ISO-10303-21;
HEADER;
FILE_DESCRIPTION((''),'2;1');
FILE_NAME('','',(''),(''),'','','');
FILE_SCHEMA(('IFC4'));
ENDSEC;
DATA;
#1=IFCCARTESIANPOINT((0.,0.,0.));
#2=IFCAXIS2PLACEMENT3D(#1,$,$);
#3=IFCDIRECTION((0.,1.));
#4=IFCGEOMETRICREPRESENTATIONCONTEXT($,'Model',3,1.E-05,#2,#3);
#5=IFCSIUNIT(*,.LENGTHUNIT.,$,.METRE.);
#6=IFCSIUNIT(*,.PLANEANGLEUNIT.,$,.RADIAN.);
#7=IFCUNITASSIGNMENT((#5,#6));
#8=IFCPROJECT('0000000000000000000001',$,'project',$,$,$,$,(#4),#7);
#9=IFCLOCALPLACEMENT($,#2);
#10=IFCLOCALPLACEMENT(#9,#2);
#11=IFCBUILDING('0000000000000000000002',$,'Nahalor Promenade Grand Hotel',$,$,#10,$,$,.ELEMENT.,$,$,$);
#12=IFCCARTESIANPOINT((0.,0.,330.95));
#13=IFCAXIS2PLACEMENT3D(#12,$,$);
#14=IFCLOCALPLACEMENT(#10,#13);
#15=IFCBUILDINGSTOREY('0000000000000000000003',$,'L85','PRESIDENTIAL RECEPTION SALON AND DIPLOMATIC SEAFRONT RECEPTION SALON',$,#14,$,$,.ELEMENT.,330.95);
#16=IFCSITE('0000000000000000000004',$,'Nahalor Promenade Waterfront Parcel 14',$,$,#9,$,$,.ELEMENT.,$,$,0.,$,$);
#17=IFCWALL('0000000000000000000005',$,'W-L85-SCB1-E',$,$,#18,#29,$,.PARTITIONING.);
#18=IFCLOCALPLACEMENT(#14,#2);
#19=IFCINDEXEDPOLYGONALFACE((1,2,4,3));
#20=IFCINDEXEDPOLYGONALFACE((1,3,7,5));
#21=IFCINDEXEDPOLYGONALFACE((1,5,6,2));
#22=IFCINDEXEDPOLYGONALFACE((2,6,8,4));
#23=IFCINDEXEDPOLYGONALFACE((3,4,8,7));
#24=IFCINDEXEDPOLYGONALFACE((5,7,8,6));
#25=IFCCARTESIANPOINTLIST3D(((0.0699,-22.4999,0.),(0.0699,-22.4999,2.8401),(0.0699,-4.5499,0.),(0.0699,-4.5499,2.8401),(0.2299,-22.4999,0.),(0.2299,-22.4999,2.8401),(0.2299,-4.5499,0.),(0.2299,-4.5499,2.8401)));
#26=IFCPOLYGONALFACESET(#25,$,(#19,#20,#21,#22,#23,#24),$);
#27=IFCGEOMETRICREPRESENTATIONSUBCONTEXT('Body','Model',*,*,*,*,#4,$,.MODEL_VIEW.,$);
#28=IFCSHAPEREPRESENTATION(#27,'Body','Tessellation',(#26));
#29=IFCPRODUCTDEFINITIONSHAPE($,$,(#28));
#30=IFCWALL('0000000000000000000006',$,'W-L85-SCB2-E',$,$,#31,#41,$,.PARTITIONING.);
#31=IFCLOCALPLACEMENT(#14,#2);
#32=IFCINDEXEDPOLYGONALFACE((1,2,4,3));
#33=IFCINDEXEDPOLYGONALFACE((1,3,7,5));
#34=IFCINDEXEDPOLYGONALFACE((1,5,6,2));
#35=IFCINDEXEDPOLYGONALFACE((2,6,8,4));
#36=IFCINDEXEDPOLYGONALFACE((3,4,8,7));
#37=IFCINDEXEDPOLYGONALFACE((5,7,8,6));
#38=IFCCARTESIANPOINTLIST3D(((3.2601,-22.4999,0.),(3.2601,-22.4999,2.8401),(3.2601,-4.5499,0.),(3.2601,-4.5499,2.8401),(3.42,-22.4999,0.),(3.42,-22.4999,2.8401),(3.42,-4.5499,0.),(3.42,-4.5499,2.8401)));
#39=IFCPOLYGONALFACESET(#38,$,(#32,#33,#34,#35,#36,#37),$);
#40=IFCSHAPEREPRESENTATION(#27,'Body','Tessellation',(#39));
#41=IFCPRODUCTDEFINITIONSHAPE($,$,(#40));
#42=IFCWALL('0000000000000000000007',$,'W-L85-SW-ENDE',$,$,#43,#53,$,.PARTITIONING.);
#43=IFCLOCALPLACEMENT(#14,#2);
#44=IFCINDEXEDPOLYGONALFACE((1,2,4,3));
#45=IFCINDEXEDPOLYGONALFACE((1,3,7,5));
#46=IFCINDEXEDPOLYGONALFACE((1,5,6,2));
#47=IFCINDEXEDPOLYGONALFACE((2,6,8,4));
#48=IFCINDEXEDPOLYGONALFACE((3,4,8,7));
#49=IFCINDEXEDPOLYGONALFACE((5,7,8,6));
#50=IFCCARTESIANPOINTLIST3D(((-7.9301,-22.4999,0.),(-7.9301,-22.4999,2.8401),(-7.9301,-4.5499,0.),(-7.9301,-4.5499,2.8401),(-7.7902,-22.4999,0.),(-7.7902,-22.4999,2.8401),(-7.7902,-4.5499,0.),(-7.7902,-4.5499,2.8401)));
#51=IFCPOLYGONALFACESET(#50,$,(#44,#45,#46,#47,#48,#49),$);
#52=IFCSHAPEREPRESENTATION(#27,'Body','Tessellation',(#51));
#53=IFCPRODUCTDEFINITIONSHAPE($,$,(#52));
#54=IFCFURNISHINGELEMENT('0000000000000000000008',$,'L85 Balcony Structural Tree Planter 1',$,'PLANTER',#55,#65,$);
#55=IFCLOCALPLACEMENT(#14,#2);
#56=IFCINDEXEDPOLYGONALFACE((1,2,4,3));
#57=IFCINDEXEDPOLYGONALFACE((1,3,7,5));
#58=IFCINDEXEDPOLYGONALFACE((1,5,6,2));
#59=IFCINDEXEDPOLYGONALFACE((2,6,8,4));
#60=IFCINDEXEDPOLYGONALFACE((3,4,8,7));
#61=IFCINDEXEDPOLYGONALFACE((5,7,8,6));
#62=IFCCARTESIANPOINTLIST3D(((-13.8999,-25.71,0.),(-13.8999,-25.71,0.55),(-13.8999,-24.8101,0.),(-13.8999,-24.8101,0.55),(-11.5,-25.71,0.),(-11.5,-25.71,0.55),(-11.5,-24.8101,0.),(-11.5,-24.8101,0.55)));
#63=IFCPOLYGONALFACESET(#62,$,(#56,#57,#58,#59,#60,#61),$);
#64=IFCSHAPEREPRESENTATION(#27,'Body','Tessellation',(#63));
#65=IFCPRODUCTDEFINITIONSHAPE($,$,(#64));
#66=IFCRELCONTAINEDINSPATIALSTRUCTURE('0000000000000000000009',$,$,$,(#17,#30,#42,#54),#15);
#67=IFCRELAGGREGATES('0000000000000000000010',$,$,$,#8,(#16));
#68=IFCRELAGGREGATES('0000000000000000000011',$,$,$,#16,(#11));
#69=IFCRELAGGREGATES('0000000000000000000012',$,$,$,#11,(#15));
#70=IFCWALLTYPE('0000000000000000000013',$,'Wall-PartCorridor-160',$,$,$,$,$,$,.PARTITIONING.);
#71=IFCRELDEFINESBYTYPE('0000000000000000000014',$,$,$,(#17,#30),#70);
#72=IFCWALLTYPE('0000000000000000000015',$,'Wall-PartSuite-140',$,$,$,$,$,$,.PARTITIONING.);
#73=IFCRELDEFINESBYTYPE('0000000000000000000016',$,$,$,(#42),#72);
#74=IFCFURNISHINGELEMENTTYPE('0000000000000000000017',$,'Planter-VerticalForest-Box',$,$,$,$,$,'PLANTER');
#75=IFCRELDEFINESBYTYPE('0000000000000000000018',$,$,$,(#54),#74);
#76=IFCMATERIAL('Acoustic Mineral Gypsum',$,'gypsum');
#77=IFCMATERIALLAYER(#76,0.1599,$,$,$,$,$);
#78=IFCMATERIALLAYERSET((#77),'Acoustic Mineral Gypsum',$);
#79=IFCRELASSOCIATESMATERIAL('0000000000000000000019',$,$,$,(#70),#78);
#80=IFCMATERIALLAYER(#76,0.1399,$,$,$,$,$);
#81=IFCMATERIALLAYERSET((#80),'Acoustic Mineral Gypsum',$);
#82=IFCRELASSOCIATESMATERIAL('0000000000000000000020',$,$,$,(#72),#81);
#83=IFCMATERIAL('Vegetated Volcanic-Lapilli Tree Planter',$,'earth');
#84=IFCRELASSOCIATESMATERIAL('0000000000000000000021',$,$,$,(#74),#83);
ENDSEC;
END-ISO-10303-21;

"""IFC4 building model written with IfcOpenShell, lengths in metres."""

from ifc_helpers import new_model, si_unit, direction, frame, frame_2d, origin, origin_2d, place, context, subcontext, project, spatial, rectangle, extrude, source, transform, mapped, material, layer, layer_set, type_object, element, save


model = new_model("IFC4")

# Units and contexts
model_context = context("Model", 3, precision=1e-05, world=origin(), true_north=direction((0.0, 1.0)))
body_context = subcontext(model_context, "Body", "Model", "MODEL_VIEW")
ifc_project = project(units=[si_unit("LENGTHUNIT", "METRE"), si_unit("PLANEANGLEUNIT", "RADIAN")], contexts=[model_context])

# Site, building, storey
site_placement = place(None, origin())
site = spatial("IfcSite", under=ifc_project, at=site_placement, Name="Nahalor Promenade Waterfront Parcel 14", CompositionType="ELEMENT", RefElevation=0.0)
building_placement = place(site_placement, origin())
building = spatial("IfcBuilding", under=site, at=building_placement, Name="Nahalor Promenade Grand Hotel", CompositionType="ELEMENT")
storey_placement = place(building_placement, frame((0.0, 0.0, 330.95)))
storey = spatial("IfcBuildingStorey", under=building, at=storey_placement, Name="L85", Description="PRESIDENTIAL RECEPTION SALON AND DIPLOMATIC SEAFRONT RECEPTION SALON", CompositionType="ELEMENT", Elevation=330.95)

# Walls
ifc_material_1 = material(Name="Acoustic Mineral Gypsum", Category="gypsum")
ifc_layer_1 = layer(ifc_material_1, 0.1599)
ifc_layer_set_1 = layer_set([ifc_layer_1], Name="Acoustic Mineral Gypsum")
wall_type_1 = type_object("IfcWallType", Name="Wall-PartCorridor-160", PredefinedType="PARTITIONING", material=ifc_layer_set_1)
shared_shape_1 = source(origin(), body_context, "Body", "SweptSolid", [
    extrude(rectangle(XDim=17.95, YDim=0.1599, at=frame_2d((8.9751, 0.0))), origin(), (0.0, 0.0, 1.0), 2.8401),
])
for number, where, z_axis, x_axis, name in (
    (1, (0.1499, -22.5, 0.0), (0.0, 0.0, 1.0), (0.0, 1.0, 0.0), "W-L85-SCB1-E"),
    (2, (3.3401, -22.5, 0.0), (0.0, 0.0, 1.0), (0.0, 1.0, 0.0), "W-L85-SCB2-E"),
):
    element("IfcWall", number, at=place(storey_placement, frame(where, z_axis=z_axis, x_axis=x_axis)), inside=storey, type_object=wall_type_1, Name=name, PredefinedType="PARTITIONING", context=body_context, shape_type="MappedRepresentation", body=[
        mapped(shared_shape_1, transform((0.0, 0.0, 0.0), scale=1.0)),
    ])
ifc_layer_2 = layer(ifc_material_1, 0.1399)
ifc_layer_set_2 = layer_set([ifc_layer_2], Name="Acoustic Mineral Gypsum")
wall_type_2 = type_object("IfcWallType", Name="Wall-PartSuite-140", PredefinedType="PARTITIONING", material=ifc_layer_set_2)
shared_shape_2 = source(origin(), body_context, "Body", "SweptSolid", [
    extrude(rectangle(XDim=17.95, YDim=0.1399, at=frame_2d((8.9751, 0.0))), origin(), (0.0, 0.0, 1.0), 2.8401),
])
wall_placement = place(storey_placement, frame((-7.8601, -22.5, 0.0), z_axis=(0.0, 0.0, 1.0), x_axis=(0.0, 1.0, 0.0)))
element("IfcWall", 3, at=wall_placement, inside=storey, type_object=wall_type_2, Name="W-L85-SW-ENDE", PredefinedType="PARTITIONING", context=body_context, shape_type="MappedRepresentation", body=[
    mapped(shared_shape_2, transform((0.0, 0.0, 0.0), scale=1.0)),
])

# Furnishing element
ifc_material_2 = material(Name="Vegetated Volcanic-Lapilli Tree Planter", Category="earth")
furnishing_element_type = type_object("IfcFurnishingElementType", Name="Planter-VerticalForest-Box", ElementType="PLANTER", material=ifc_material_2)
shared_shape_3 = source(origin(), body_context, "Body", "SweptSolid", [
    extrude(rectangle(XDim=2.3999, YDim=0.8999, at=origin_2d()), origin(), (0.0, 0.0, 1.0), 0.55),
])
furnishing_placement = place(storey_placement, frame((-12.7, -25.26, 0.0), z_axis=(0.0, 0.0, 1.0), x_axis=(1.0, 0.0, 0.0)))
element("IfcFurnishingElement", 4, at=furnishing_placement, inside=storey, type_object=furnishing_element_type, Name="L85 Balcony Structural Tree Planter 1", ObjectType="PLANTER", context=body_context, shape_type="MappedRepresentation", body=[
    mapped(shared_shape_3, transform((0.0, 0.0, 0.0), scale=1.0)),
])

save(model, "model.ifc")
